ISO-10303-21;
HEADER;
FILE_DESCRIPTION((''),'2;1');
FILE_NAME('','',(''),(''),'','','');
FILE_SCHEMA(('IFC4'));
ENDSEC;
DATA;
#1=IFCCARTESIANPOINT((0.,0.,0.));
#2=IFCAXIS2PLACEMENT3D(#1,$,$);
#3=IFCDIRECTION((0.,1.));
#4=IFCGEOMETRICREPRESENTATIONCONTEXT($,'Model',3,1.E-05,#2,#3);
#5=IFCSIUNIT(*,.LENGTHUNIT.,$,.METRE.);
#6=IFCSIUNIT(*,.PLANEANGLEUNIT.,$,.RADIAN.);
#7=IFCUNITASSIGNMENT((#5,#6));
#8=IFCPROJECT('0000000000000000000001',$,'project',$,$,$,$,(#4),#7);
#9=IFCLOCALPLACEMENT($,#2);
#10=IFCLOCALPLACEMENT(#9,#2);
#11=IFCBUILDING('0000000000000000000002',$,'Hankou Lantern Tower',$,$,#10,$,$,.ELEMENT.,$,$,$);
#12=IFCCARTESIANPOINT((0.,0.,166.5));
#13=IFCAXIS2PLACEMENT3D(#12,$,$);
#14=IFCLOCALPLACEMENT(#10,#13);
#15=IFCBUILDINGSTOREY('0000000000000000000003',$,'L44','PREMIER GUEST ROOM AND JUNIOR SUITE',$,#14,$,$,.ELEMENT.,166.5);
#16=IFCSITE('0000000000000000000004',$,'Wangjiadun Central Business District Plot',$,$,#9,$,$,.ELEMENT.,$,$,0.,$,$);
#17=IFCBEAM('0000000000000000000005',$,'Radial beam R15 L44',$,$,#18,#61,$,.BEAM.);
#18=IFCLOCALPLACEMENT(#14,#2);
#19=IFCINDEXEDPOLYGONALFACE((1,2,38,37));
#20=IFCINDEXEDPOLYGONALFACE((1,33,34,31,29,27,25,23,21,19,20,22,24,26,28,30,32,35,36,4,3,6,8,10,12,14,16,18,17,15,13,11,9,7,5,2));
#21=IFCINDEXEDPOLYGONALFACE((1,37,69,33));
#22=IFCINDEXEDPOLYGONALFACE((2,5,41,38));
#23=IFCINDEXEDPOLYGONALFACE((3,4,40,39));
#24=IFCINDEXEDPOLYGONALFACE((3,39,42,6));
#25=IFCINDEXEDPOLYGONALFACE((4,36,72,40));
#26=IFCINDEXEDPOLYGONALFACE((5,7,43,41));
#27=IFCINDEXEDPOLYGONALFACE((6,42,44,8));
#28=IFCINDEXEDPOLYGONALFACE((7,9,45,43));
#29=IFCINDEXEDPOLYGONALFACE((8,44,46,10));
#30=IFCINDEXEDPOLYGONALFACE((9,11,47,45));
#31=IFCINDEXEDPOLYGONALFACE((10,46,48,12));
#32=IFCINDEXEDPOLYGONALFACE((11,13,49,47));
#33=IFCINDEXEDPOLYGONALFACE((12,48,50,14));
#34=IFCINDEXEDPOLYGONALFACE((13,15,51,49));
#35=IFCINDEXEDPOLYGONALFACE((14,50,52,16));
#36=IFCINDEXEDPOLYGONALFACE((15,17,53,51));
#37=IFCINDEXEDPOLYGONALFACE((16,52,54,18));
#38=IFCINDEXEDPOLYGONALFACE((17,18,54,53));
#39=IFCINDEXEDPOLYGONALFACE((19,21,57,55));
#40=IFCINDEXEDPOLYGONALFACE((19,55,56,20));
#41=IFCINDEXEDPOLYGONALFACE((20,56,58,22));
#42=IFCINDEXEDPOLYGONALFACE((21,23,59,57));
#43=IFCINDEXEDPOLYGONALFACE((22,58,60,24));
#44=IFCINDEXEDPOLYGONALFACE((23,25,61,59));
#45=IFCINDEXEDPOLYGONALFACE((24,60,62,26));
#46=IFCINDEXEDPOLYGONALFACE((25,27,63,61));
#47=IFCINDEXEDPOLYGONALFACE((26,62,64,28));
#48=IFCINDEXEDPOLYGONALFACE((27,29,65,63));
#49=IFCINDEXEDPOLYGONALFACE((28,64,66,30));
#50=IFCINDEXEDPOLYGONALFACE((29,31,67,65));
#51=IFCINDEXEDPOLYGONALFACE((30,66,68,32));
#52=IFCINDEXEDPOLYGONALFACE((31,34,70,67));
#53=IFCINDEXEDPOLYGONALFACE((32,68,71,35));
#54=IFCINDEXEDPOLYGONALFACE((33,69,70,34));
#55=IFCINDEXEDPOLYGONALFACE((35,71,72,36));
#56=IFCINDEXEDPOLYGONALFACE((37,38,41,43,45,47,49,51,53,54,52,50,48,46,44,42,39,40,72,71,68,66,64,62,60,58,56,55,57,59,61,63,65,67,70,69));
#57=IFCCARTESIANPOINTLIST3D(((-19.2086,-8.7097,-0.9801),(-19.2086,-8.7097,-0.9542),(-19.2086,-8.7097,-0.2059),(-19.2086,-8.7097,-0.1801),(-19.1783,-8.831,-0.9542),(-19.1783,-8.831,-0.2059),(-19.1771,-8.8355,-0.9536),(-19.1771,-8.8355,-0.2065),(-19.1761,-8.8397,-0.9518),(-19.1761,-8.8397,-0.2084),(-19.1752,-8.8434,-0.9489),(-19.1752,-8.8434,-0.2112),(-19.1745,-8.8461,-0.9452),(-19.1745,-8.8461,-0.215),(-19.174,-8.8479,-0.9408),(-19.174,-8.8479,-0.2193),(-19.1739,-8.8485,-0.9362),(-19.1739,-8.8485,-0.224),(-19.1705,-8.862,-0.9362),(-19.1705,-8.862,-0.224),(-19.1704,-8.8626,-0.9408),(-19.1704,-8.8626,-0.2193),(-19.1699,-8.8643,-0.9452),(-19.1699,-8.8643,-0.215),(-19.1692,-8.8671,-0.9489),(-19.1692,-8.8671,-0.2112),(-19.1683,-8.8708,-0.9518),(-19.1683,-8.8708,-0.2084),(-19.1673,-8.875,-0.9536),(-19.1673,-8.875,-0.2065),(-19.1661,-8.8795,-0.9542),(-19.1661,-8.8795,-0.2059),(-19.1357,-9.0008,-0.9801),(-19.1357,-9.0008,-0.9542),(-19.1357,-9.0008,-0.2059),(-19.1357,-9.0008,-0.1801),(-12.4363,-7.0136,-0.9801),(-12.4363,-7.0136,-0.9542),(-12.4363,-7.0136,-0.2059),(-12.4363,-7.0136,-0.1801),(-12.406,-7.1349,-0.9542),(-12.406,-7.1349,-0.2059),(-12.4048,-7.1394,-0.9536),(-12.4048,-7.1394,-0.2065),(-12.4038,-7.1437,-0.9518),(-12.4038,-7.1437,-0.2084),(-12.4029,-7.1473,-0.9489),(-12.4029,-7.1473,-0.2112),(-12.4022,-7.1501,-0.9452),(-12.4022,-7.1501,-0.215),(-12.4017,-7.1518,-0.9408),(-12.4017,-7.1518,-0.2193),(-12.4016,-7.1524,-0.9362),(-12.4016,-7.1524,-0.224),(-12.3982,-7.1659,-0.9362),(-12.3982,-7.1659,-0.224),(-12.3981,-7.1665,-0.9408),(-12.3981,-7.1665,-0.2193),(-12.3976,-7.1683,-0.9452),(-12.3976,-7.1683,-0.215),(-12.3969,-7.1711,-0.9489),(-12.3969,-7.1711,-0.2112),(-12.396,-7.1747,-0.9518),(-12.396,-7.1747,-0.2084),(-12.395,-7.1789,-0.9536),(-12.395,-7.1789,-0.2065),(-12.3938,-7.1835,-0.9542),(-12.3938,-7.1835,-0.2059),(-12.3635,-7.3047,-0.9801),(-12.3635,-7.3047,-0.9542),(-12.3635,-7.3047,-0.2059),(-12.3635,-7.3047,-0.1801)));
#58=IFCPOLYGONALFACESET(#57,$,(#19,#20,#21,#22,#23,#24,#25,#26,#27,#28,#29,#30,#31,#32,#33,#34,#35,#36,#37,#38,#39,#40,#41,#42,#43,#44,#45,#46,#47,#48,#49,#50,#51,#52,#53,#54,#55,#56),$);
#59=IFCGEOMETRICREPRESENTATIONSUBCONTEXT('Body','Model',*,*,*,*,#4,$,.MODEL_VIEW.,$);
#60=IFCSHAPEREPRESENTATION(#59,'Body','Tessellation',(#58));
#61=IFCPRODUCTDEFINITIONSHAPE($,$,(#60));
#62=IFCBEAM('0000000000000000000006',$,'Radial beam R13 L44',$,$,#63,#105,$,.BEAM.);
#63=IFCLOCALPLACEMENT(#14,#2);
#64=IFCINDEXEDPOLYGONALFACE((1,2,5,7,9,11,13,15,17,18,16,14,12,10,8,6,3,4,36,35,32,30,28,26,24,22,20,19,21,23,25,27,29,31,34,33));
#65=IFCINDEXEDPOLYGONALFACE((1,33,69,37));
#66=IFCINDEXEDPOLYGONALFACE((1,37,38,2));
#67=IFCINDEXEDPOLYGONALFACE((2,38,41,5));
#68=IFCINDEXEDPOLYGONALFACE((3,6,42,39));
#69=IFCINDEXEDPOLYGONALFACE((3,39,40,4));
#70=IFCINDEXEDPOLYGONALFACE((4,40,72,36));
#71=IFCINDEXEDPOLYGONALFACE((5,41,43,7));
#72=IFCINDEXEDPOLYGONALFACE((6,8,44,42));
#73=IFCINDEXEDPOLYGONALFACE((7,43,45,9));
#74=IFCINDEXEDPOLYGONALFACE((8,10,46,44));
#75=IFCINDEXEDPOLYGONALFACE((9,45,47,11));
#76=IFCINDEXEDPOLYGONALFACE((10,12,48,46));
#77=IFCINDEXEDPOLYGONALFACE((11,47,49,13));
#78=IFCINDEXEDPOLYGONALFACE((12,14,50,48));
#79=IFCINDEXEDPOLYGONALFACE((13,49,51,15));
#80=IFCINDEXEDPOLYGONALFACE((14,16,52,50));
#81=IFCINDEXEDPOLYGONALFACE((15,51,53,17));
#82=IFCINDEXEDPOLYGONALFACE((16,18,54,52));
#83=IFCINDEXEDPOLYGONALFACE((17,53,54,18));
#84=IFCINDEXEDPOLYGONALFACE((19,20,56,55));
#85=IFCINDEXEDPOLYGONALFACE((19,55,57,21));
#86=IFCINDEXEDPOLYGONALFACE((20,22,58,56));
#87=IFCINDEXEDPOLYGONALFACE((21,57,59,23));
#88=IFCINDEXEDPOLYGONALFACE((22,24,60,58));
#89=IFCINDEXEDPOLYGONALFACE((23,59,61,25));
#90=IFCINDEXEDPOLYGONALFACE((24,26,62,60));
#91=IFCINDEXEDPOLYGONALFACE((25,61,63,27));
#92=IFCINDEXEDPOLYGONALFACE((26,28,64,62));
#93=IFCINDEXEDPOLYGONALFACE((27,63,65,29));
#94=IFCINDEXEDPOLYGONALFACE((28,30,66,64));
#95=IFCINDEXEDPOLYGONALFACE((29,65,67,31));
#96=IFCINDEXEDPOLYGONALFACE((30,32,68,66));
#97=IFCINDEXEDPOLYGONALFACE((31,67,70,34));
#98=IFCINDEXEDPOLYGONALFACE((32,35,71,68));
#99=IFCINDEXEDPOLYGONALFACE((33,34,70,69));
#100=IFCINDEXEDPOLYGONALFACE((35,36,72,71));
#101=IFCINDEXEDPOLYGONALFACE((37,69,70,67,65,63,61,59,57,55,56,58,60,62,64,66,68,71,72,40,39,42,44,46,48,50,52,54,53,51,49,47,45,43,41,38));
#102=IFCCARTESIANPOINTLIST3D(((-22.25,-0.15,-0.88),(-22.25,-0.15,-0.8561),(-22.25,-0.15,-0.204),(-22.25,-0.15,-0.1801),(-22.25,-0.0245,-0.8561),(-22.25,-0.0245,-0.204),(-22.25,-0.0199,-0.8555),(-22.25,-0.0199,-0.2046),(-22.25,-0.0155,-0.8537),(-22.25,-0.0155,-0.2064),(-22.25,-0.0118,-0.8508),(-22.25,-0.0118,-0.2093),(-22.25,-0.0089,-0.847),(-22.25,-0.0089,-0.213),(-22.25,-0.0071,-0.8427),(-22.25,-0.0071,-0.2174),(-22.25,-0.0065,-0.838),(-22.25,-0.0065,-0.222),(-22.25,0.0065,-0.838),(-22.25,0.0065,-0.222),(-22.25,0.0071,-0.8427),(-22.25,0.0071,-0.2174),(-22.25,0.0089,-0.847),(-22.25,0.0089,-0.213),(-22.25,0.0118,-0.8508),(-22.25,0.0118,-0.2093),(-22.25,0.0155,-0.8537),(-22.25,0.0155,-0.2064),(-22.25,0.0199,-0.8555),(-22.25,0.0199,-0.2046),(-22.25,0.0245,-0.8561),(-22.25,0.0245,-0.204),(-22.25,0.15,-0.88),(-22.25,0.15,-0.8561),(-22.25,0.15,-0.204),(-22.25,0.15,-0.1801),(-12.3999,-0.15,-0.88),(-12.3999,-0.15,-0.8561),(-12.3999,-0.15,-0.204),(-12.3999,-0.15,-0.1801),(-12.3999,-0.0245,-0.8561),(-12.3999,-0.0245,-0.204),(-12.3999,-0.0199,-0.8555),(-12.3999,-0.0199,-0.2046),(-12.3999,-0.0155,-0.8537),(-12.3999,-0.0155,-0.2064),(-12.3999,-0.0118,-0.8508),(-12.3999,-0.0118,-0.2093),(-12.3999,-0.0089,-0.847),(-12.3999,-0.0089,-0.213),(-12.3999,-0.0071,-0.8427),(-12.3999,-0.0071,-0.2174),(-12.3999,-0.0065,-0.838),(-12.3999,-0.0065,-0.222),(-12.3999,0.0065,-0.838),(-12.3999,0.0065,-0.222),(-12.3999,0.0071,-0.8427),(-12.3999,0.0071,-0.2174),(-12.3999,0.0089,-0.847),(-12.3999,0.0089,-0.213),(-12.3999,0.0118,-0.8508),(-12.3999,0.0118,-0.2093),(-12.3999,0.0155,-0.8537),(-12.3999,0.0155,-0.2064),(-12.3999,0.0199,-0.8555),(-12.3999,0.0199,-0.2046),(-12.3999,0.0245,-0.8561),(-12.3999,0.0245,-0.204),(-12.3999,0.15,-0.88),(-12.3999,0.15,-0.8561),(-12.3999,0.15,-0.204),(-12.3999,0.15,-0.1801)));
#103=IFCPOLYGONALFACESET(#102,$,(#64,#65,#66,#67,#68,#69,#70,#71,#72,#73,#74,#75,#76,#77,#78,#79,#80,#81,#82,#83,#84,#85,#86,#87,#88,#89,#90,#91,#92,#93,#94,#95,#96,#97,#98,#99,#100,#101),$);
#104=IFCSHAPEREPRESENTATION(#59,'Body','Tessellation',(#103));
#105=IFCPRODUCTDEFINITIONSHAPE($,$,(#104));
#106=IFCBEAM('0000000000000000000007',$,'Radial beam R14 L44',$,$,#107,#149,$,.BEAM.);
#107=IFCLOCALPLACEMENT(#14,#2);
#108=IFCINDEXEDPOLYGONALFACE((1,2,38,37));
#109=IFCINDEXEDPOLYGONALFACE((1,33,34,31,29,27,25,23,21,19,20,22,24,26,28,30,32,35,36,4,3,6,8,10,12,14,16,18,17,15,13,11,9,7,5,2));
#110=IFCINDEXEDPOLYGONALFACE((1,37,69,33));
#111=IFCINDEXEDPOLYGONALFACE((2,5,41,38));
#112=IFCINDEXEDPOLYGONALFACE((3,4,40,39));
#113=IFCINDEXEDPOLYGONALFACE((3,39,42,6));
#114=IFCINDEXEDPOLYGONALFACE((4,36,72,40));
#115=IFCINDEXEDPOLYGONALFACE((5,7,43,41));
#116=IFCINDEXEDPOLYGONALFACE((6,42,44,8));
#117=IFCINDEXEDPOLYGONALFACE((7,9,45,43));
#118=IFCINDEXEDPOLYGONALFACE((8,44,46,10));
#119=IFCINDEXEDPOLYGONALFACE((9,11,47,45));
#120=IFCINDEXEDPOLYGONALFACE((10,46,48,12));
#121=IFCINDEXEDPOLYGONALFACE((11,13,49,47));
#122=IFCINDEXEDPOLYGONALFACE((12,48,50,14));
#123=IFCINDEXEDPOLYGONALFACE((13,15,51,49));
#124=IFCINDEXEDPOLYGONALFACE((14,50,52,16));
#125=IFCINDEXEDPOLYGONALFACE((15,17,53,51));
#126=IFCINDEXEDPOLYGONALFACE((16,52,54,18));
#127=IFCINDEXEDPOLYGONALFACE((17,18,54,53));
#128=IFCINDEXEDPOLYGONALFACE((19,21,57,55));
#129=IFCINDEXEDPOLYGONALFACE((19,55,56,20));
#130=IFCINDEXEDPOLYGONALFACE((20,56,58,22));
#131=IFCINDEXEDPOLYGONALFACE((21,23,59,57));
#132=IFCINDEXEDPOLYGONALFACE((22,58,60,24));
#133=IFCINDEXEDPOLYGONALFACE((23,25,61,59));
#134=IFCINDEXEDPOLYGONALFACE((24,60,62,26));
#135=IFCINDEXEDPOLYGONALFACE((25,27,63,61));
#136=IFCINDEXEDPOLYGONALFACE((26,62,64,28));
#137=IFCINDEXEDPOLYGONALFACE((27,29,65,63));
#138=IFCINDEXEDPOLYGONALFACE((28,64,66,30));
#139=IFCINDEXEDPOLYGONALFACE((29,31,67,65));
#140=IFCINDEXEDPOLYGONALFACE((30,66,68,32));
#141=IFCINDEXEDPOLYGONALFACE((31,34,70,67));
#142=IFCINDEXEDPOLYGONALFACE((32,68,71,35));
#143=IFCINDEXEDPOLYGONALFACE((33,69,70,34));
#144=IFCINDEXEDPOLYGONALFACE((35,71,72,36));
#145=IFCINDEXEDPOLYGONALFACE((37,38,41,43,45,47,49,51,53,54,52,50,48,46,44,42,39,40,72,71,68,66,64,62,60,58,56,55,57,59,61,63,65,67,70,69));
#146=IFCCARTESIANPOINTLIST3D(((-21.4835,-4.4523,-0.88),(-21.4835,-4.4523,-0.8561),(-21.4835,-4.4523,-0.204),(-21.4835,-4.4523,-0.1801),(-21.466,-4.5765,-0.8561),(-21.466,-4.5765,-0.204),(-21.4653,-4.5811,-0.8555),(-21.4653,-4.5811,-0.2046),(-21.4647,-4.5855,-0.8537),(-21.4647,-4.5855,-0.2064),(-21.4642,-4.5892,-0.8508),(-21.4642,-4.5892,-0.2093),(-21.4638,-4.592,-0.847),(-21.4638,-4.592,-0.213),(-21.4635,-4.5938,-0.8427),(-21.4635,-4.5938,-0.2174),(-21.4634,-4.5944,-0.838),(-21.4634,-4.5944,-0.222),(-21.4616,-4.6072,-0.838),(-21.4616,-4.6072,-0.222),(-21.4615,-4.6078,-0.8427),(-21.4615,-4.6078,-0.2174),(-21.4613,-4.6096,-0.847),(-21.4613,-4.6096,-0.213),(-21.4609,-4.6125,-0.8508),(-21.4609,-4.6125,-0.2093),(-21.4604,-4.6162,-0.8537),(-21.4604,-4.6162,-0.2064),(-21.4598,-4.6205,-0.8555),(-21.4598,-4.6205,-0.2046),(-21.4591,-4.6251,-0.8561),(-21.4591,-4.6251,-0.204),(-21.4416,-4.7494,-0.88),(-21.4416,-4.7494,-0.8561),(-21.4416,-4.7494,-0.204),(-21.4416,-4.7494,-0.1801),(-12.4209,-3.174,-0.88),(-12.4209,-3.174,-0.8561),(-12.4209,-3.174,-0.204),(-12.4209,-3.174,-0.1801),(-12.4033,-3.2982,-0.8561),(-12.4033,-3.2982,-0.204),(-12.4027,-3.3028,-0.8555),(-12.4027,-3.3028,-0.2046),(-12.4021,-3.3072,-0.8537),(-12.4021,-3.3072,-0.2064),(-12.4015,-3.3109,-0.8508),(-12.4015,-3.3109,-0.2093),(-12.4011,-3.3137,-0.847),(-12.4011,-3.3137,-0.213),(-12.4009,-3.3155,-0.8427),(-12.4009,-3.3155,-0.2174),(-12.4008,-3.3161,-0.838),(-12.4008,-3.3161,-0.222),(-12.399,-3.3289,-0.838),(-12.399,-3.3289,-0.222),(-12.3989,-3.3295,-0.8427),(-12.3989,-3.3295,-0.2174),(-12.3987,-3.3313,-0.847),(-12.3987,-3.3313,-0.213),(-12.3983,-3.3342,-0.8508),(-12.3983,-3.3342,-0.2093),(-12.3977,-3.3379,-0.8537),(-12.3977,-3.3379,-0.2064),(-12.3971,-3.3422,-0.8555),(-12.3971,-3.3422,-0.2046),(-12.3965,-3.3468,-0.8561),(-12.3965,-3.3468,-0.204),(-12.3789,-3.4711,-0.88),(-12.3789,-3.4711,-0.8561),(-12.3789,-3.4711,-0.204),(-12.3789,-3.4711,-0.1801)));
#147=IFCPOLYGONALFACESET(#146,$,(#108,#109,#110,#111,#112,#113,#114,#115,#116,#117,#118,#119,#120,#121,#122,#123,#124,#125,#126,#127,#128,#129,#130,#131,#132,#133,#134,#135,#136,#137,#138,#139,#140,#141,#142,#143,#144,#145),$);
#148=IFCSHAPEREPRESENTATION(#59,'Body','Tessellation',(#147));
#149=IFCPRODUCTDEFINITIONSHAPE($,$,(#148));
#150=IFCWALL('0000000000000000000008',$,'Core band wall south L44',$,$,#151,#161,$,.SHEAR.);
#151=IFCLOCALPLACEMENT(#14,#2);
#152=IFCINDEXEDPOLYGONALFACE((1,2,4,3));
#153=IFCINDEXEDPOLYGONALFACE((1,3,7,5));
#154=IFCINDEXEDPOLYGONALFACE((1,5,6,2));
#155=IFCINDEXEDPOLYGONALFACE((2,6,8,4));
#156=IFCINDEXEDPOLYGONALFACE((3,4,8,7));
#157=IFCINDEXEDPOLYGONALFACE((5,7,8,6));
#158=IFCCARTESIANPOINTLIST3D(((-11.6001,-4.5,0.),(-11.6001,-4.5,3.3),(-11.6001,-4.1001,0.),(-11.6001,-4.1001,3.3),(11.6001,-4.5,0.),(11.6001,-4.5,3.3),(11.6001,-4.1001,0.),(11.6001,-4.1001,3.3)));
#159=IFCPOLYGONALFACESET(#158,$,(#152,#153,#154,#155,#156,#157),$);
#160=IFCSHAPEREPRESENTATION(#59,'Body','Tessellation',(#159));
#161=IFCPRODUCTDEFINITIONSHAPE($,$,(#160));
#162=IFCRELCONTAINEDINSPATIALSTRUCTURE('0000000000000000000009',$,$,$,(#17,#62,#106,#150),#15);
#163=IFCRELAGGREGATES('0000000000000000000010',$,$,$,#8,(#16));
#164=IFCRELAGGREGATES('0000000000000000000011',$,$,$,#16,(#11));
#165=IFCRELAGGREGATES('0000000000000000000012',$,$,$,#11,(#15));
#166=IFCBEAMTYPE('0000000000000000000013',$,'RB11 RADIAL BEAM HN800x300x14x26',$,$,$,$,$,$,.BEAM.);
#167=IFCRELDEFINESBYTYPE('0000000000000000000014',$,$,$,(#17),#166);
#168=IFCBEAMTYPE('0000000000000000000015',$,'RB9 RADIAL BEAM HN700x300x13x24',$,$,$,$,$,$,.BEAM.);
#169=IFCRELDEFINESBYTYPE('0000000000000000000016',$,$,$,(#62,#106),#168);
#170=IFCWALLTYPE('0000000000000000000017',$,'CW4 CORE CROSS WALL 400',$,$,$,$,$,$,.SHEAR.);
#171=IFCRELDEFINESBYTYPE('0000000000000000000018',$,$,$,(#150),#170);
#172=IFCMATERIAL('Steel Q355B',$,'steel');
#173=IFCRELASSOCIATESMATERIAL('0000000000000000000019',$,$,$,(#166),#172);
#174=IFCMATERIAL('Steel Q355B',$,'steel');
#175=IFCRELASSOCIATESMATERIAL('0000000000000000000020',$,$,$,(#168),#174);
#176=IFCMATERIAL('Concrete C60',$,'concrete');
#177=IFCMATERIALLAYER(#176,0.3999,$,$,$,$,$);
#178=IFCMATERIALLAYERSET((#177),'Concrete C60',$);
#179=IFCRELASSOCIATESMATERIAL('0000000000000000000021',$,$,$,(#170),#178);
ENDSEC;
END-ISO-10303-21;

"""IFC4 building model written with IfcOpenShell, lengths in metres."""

from ifc_helpers import new_model, si_unit, direction, frame, frame_2d, origin, origin_2d, place, context, subcontext, project, spatial, rectangle, i_section, extrude, material, layer, layer_set, material_profile, profile_set, type_object, element, save


model = new_model("IFC4")

# Units and contexts
model_context = context("Model", 3, precision=1e-05, world=origin(), true_north=direction((0.0, 1.0)))
body_context = subcontext(model_context, "Body", "Model", "MODEL_VIEW")
ifc_project = project(units=[si_unit("LENGTHUNIT", "METRE"), si_unit("PLANEANGLEUNIT", "RADIAN")], contexts=[model_context])

# Site, building, storey
site_placement = place(None, origin())
site = spatial("IfcSite", under=ifc_project, at=site_placement, Name="Wangjiadun Central Business District Plot", CompositionType="ELEMENT", RefElevation=0.0)
building_placement = place(site_placement, origin())
building = spatial("IfcBuilding", under=site, at=building_placement, Name="Hankou Lantern Tower", CompositionType="ELEMENT")
storey_placement = place(building_placement, frame((0.0, 0.0, 166.5)))
storey = spatial("IfcBuildingStorey", under=building, at=storey_placement, Name="L44", Description="PREMIER GUEST ROOM AND JUNIOR SUITE", CompositionType="ELEMENT", Elevation=166.5)

# Beams
ifc_material_1 = material(Name="Steel Q355B", Category="steel")
ifc_material_profile_1 = material_profile(ifc_material_1, i_section(OverallWidth=0.3, OverallDepth=0.8, WebThickness=0.0139, FlangeThickness=0.0259, FilletRadius=0.0181, at=origin_2d()), Name="HN800x300x14x26")
ifc_profile_set_1 = profile_set([ifc_material_profile_1], Name="Steel Q355B")
beam_type_1 = type_object("IfcBeamType", Name="RB11 RADIAL BEAM HN800x300x14x26", PredefinedType="BEAM", material=ifc_profile_set_1)
beam_1_placement = place(storey_placement, frame((-12.3999, -7.1592, -0.5801), z_axis=(-0.970042, -0.242939, 0.0), x_axis=(0.242939, -0.970042, 0.0)))
element("IfcBeam", 1, at=beam_1_placement, inside=storey, type_object=beam_type_1, Name="Radial beam R15 L44", PredefinedType="BEAM", context=body_context, shape_type="SweptSolid", body=[
    extrude(i_section(OverallWidth=0.3, OverallDepth=0.8, WebThickness=0.0139, FlangeThickness=0.0259, FilletRadius=0.0181, at=origin_2d()), origin(), (0.0, 0.0, 1.0), 6.9814),
])
ifc_material_2 = material(Name="Steel Q355B", Category="steel")
ifc_material_profile_2 = material_profile(ifc_material_2, i_section(OverallWidth=0.3, OverallDepth=0.7, WebThickness=0.0129, FlangeThickness=0.0239, FilletRadius=0.0181, at=origin_2d()), Name="HN700x300x13x24")
ifc_profile_set_2 = profile_set([ifc_material_profile_2], Name="Steel Q355B")
beam_type_2 = type_object("IfcBeamType", Name="RB9 RADIAL BEAM HN700x300x13x24", PredefinedType="BEAM", material=ifc_profile_set_2)
beam_2_placement = place(storey_placement, frame((-12.3999, 0.0, -0.53), z_axis=(-1.0, 0.0, 0.0), x_axis=(0.0, -1.0, 0.0)))
element("IfcBeam", 2, at=beam_2_placement, inside=storey, type_object=beam_type_2, Name="Radial beam R13 L44", PredefinedType="BEAM", context=body_context, shape_type="SweptSolid", body=[
    extrude(i_section(OverallWidth=0.3, OverallDepth=0.7, WebThickness=0.0129, FlangeThickness=0.0239, FilletRadius=0.0181, at=origin_2d()), origin(), (0.0, 0.0, 1.0), 9.8501),
])
beam_3_placement = place(storey_placement, frame((-12.3999, -3.3225, -0.53), z_axis=(-0.990198, -0.13967, 0.0), x_axis=(0.13967, -0.990198, 0.0)))
element("IfcBeam", 3, at=beam_3_placement, inside=storey, type_object=beam_type_2, Name="Radial beam R14 L44", PredefinedType="BEAM", context=body_context, shape_type="SweptSolid", body=[
    extrude(i_section(OverallWidth=0.3, OverallDepth=0.7, WebThickness=0.0129, FlangeThickness=0.0239, FilletRadius=0.0181, at=origin_2d()), origin(), (0.0, 0.0, 1.0), 9.1523),
])

# Wall
ifc_material_3 = material(Name="Concrete C60", Category="concrete")
ifc_layer_1 = layer(ifc_material_3, 0.3999)
ifc_layer_set_1 = layer_set([ifc_layer_1], Name="Concrete C60")
wall_type_1 = type_object("IfcWallType", Name="CW4 CORE CROSS WALL 400", PredefinedType="SHEAR", material=ifc_layer_set_1)
wall_1_placement = place(storey_placement, frame((-11.6001, -4.3, 0.0), z_axis=(0.0, 0.0, 1.0), x_axis=(1.0, 0.0, 0.0)))
element("IfcWall", 4, at=wall_1_placement, inside=storey, type_object=wall_type_1, Name="Core band wall south L44", PredefinedType="SHEAR", context=body_context, shape_type="SweptSolid", body=[
    extrude(rectangle(XDim=23.2002, YDim=0.3999, at=frame_2d((11.6001, 0.0))), origin(), (0.0, 0.0, 1.0), 3.3),
])

save(model, "model.ifc")
